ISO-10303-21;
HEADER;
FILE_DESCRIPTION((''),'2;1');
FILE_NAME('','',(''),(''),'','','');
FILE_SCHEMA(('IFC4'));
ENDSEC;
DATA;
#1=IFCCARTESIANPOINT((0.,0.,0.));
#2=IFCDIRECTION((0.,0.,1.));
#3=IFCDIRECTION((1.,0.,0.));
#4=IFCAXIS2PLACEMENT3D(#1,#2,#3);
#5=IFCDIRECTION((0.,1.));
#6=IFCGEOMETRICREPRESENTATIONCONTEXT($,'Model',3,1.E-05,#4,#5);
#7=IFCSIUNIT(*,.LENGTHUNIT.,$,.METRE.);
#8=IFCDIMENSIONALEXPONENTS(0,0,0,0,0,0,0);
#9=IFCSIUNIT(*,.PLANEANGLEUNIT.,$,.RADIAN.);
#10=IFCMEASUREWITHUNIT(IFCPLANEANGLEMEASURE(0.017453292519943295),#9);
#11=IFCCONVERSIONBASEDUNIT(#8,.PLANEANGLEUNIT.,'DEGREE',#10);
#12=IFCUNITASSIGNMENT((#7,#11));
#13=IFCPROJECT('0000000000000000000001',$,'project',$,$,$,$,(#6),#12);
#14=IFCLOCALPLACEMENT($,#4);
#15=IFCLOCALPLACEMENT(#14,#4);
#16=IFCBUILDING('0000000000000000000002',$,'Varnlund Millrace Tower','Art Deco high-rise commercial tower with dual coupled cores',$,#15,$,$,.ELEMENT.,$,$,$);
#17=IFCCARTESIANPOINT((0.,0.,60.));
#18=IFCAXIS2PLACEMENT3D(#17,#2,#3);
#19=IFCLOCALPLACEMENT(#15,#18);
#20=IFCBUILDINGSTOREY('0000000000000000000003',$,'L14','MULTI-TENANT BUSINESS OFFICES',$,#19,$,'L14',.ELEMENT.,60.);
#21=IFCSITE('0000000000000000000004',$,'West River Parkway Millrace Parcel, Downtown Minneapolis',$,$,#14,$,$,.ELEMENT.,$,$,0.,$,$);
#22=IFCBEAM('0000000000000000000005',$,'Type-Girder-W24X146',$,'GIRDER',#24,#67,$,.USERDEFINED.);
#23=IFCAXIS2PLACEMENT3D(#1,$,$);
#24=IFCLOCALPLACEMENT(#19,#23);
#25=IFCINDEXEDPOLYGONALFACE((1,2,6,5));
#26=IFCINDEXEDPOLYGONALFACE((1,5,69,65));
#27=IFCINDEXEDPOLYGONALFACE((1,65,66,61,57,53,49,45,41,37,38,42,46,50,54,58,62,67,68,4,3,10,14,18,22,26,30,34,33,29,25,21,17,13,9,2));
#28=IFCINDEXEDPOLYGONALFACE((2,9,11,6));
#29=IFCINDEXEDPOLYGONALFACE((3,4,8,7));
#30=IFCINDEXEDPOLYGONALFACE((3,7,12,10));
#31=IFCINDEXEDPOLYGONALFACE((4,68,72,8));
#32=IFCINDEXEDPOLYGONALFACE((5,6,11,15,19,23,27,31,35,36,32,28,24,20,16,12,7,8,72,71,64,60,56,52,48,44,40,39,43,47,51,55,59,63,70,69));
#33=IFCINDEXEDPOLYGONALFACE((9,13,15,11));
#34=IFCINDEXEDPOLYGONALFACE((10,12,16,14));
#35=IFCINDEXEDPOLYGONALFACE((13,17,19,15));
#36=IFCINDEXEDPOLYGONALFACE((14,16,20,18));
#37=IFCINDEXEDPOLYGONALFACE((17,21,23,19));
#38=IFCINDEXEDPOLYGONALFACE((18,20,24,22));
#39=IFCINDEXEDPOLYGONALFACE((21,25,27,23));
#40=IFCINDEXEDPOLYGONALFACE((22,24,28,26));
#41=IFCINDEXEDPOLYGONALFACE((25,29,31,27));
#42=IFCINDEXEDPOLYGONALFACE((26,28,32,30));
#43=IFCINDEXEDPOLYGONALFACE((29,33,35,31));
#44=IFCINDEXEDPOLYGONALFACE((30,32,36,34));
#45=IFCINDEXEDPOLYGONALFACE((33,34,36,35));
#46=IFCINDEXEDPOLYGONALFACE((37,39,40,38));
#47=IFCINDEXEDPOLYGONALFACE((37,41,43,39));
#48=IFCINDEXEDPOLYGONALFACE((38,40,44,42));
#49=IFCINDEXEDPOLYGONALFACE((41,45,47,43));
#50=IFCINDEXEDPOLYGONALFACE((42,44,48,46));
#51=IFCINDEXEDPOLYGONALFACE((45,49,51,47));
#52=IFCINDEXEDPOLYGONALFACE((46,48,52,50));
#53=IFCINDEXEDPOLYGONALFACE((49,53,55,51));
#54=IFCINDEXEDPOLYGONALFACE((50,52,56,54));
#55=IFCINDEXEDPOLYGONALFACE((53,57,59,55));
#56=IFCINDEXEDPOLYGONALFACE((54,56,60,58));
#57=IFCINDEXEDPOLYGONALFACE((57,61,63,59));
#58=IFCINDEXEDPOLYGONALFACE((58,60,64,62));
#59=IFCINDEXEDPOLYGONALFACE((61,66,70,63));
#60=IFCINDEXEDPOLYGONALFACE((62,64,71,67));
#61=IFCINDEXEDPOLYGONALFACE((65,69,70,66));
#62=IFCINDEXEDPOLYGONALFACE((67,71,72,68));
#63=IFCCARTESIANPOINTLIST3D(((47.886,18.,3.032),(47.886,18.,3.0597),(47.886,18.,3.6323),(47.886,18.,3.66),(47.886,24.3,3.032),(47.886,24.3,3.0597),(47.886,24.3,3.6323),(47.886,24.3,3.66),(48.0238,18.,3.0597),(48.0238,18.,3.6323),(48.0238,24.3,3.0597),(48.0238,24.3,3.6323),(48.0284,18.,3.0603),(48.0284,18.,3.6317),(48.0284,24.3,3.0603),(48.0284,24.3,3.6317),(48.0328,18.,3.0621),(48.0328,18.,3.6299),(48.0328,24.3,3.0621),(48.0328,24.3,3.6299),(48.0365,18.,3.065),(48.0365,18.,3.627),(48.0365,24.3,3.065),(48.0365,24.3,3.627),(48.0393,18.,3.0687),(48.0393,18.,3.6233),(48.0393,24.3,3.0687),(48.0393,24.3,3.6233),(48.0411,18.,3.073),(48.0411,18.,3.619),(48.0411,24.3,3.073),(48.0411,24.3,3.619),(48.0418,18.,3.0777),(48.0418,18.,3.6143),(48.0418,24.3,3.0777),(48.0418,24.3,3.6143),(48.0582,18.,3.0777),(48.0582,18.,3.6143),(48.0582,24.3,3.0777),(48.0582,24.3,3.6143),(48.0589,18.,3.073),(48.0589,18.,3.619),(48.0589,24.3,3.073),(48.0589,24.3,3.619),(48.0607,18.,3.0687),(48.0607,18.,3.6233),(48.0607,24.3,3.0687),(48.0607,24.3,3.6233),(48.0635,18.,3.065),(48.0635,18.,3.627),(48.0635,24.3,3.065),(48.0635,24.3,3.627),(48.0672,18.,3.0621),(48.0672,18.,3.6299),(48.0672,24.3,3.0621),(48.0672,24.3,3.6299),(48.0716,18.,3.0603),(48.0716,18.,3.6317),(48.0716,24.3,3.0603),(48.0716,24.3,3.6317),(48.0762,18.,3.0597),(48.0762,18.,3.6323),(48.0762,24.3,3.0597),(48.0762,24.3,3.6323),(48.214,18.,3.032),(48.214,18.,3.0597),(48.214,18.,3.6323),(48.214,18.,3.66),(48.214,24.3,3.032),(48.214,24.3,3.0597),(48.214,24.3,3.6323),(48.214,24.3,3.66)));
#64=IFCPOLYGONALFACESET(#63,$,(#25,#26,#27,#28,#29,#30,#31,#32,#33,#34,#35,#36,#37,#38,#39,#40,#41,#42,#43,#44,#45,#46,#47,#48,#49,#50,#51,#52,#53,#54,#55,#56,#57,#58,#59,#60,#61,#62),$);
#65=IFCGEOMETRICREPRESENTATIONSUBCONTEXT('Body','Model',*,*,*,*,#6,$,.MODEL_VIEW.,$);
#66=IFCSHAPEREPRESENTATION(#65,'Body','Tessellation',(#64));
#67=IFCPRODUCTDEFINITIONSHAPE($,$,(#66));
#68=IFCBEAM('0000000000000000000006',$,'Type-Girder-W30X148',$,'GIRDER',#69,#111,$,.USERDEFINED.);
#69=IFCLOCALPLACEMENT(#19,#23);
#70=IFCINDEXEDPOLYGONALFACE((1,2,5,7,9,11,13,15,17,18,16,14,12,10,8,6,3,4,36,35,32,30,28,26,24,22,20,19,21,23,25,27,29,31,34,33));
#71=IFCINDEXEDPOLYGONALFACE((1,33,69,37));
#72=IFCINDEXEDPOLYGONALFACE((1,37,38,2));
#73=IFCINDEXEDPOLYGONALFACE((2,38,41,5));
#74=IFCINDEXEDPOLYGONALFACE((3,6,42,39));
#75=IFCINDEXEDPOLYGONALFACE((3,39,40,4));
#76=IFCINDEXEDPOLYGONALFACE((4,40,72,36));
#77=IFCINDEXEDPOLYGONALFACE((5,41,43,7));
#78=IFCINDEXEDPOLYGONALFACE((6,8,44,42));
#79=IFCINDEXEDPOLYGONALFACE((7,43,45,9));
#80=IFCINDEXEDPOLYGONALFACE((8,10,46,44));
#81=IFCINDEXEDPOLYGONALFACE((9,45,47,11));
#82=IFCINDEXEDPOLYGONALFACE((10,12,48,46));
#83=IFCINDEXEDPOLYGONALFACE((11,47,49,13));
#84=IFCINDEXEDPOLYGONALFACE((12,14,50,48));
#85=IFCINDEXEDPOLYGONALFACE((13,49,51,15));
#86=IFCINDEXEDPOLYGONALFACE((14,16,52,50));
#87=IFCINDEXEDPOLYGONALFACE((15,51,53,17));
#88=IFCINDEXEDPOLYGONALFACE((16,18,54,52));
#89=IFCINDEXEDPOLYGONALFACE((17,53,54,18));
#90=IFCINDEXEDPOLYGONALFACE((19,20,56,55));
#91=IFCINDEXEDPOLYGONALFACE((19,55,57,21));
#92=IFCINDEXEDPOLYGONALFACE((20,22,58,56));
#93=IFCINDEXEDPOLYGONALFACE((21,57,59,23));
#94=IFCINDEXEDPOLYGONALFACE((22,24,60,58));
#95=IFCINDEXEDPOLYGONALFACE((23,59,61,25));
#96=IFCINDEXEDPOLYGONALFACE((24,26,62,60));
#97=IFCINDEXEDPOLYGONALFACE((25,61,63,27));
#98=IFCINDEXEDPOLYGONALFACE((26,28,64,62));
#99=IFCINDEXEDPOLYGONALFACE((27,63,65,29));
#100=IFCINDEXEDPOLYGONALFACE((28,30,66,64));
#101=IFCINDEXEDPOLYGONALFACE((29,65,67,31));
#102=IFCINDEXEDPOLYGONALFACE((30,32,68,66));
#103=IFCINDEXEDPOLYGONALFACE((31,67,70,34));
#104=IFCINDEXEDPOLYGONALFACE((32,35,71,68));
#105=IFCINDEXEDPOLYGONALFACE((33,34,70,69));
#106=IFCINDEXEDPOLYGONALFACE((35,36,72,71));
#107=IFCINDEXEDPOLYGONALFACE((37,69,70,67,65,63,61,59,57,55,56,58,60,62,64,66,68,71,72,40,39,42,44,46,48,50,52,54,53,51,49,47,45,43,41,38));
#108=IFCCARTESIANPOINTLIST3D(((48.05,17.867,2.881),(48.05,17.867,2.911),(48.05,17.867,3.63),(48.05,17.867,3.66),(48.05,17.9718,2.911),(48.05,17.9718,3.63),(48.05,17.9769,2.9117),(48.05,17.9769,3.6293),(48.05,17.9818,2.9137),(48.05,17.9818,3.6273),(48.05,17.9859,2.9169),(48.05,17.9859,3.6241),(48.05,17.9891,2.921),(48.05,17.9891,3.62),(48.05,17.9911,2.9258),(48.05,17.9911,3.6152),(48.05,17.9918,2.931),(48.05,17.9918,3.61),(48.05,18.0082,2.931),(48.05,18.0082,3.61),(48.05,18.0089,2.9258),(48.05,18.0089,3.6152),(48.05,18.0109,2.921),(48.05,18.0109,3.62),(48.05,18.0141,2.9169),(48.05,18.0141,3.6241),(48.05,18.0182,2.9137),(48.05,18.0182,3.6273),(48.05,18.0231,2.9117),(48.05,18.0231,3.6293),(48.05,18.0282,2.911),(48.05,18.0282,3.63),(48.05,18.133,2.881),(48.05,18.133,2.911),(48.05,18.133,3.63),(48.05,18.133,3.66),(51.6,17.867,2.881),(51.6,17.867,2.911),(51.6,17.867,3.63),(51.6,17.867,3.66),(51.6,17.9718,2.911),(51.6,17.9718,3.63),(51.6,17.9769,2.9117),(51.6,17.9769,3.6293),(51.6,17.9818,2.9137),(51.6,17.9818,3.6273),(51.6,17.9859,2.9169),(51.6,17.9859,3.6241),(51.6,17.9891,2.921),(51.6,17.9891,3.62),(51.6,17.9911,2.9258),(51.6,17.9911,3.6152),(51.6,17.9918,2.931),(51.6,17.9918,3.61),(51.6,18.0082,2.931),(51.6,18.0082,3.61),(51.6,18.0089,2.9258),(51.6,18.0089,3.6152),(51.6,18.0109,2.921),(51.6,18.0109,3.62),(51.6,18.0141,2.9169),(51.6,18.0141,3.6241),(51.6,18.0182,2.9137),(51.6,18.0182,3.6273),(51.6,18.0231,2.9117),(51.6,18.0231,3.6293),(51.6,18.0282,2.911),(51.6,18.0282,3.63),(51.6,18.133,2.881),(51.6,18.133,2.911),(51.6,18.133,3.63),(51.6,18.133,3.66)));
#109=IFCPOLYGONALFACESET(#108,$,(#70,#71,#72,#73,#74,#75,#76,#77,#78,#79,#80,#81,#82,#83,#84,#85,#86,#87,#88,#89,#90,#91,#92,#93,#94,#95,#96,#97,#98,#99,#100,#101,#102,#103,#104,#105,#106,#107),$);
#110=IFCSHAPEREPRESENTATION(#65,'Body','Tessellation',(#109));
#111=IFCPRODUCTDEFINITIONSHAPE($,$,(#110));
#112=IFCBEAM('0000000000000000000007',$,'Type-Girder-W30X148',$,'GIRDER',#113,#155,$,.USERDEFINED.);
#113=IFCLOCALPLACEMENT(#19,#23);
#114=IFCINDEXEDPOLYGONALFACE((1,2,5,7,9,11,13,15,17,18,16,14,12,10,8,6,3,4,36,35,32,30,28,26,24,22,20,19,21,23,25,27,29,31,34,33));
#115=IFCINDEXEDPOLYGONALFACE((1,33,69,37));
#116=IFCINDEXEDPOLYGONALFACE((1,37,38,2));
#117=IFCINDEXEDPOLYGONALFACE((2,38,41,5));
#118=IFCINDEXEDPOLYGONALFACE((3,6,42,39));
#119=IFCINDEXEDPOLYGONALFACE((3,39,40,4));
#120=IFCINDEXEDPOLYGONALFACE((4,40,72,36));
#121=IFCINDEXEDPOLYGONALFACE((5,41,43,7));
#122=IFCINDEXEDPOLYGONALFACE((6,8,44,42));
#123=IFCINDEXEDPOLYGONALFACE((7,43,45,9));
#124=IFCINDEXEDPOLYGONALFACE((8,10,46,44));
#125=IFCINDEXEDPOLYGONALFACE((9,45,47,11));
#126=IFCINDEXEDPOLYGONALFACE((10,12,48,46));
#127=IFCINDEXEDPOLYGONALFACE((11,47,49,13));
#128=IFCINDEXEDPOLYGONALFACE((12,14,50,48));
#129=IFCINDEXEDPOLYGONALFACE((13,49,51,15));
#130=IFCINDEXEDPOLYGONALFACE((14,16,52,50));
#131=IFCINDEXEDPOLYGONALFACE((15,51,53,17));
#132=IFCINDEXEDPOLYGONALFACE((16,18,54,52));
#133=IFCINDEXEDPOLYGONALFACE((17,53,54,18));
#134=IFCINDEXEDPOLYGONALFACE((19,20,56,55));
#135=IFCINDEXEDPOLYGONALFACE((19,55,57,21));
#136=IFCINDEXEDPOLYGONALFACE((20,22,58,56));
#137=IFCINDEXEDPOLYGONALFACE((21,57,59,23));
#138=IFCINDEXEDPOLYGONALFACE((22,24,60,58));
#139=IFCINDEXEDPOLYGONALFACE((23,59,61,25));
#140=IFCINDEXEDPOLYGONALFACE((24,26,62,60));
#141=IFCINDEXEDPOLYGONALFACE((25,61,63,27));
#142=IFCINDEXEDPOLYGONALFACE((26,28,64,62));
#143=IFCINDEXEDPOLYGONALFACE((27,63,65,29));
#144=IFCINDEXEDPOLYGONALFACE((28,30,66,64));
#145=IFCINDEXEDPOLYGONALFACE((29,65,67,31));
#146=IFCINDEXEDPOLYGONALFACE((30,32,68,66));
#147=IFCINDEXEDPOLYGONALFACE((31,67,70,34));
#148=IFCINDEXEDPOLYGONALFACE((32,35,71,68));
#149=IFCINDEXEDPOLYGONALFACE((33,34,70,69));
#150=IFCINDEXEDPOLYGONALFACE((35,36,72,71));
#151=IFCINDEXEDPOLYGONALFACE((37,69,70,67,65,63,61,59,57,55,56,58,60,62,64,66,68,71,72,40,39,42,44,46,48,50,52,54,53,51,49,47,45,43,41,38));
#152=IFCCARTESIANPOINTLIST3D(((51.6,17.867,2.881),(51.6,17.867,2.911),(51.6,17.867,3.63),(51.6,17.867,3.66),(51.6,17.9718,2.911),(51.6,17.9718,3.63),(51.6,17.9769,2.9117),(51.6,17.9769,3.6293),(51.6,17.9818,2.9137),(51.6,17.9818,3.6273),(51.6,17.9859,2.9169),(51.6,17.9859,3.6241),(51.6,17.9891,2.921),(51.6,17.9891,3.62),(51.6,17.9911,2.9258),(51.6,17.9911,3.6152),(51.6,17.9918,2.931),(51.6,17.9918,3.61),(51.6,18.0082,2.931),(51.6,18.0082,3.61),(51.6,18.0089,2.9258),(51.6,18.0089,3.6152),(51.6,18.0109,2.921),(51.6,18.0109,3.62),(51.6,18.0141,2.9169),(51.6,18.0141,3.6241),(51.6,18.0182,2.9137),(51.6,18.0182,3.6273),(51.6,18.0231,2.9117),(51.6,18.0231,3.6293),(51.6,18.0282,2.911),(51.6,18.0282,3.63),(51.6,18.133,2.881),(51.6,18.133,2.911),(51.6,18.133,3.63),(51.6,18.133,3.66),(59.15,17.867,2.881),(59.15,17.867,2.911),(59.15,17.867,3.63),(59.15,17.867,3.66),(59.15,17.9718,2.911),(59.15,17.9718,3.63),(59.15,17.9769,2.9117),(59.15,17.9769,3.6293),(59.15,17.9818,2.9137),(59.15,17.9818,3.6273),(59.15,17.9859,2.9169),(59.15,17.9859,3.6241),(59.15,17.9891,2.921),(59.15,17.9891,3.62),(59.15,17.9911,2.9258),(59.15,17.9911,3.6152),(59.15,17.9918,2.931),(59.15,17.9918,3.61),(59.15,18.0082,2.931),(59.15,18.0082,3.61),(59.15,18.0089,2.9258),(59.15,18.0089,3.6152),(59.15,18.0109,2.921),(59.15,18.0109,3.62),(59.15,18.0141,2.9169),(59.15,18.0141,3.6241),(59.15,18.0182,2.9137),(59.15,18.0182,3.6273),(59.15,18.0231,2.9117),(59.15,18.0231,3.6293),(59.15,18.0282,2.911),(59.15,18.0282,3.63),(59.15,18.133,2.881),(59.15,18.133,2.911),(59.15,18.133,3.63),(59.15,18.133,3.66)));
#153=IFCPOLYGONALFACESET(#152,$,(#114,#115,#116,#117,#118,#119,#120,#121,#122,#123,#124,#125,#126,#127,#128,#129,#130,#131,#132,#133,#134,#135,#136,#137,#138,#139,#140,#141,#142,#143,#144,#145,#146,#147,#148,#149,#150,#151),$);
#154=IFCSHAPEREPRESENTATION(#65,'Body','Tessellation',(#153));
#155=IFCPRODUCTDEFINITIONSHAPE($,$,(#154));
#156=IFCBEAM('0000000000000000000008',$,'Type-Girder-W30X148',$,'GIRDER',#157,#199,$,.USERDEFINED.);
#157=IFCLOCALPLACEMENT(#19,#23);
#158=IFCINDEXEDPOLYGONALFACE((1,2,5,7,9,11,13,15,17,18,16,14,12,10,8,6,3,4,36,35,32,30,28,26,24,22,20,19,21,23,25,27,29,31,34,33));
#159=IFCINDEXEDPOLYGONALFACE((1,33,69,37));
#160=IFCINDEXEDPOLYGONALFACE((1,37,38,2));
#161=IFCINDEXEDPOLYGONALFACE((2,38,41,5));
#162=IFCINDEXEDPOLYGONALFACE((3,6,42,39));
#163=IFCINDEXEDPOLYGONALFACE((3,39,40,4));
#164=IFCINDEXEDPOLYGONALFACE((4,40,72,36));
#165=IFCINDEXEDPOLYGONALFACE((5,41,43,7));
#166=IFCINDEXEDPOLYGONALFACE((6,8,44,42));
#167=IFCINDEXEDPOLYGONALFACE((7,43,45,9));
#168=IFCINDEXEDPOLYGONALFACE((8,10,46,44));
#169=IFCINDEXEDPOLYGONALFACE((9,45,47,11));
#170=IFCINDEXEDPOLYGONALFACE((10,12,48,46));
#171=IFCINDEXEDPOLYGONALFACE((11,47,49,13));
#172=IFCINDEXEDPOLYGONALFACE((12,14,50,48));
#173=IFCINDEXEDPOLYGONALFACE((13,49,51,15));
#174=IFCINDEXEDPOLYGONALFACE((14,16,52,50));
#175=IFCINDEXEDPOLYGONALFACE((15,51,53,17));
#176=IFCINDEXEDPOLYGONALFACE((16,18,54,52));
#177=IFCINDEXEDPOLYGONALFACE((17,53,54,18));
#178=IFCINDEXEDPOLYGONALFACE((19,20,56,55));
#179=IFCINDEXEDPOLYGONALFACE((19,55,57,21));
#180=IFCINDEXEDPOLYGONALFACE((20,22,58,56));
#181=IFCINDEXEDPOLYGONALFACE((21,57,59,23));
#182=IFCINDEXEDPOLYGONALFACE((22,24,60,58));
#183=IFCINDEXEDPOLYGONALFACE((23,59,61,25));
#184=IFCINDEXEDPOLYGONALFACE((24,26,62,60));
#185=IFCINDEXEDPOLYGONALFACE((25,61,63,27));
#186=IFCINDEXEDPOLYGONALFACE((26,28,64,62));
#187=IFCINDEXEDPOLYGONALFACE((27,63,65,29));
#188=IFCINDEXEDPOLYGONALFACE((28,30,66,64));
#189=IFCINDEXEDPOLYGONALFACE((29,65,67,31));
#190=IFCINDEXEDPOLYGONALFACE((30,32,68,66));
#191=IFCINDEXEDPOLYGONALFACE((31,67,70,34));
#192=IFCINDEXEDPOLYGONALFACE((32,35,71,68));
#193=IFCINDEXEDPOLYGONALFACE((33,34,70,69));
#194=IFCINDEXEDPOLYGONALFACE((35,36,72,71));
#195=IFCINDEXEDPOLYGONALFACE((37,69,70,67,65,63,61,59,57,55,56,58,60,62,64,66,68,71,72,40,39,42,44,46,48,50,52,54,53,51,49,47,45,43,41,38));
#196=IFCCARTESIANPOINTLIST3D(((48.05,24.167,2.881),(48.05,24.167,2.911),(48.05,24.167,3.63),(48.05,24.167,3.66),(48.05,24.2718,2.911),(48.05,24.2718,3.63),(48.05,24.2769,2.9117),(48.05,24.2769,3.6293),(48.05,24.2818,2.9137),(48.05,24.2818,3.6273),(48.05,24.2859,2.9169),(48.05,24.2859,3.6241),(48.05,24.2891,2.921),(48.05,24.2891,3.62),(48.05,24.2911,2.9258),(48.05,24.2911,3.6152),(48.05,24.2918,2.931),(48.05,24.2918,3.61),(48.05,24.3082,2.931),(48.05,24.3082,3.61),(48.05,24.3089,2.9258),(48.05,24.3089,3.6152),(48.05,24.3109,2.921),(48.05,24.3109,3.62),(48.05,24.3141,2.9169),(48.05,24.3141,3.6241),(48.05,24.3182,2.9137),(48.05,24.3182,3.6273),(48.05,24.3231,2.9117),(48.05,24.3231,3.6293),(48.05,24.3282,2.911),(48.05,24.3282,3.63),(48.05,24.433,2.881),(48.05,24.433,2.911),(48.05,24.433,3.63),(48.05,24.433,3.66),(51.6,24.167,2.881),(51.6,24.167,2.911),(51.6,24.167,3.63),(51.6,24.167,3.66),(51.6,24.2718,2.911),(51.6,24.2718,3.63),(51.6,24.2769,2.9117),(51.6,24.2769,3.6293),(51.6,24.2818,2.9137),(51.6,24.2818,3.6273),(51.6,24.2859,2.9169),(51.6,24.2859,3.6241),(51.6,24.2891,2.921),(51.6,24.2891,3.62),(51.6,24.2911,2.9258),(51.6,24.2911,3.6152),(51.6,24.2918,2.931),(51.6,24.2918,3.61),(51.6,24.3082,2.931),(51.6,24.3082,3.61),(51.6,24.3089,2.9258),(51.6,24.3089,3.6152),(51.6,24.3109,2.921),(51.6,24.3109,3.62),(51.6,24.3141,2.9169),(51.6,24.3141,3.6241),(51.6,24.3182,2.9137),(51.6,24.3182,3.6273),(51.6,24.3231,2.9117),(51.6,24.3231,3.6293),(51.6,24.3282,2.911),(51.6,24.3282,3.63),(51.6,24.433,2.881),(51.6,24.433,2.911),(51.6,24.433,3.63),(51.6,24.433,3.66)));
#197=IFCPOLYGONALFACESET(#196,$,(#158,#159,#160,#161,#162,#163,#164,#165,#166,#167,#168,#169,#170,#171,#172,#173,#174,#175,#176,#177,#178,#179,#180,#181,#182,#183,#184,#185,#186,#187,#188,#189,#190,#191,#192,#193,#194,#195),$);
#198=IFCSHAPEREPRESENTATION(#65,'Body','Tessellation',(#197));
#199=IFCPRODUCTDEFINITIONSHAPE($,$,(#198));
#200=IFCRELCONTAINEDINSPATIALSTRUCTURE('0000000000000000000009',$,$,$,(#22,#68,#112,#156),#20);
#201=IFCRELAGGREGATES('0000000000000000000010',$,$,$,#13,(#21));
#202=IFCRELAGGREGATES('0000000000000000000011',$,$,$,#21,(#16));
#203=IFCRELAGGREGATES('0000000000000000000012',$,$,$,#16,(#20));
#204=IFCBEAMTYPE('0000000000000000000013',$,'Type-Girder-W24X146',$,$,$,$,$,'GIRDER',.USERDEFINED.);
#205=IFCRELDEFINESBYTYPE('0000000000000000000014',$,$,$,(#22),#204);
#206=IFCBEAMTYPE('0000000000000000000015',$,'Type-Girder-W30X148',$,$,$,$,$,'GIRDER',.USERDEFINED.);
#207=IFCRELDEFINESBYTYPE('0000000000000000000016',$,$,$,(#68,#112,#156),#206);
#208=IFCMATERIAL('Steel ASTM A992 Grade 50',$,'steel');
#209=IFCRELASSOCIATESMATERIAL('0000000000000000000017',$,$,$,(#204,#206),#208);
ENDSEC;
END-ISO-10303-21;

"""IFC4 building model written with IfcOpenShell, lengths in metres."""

from ifc_helpers import new_model, entity, si_unit, converted_unit, direction, frame, origin_with_axes, origin_2d_with_axis, place, context, subcontext, project, spatial, i_section, extrude, material, material_profile, profile_set, type_object, element, save


model = new_model("IFC4")

# Units and contexts
model_context = context("Model", 3, precision=1e-05, world=origin_with_axes(), true_north=direction((0.0, 1.0)))
body_context = subcontext(model_context, "Body", "Model", "MODEL_VIEW")
ifc_project = project(units=[si_unit("LENGTHUNIT", "METRE"), converted_unit("PLANEANGLEUNIT", "DEGREE", entity("IfcPlaneAngleMeasure", 0.017453292519943295), si_unit("PLANEANGLEUNIT", "RADIAN"), dimensions=[0, 0, 0, 0, 0, 0, 0])], contexts=[model_context])

# Site, building, storey
site_placement = place(None, origin_with_axes())
site = spatial("IfcSite", under=ifc_project, at=site_placement, Name="West River Parkway Millrace Parcel, Downtown Minneapolis", CompositionType="ELEMENT", RefElevation=0.0)
building_placement = place(site_placement, origin_with_axes())
building = spatial("IfcBuilding", under=site, at=building_placement, Name="Varnlund Millrace Tower", Description="Art Deco high-rise commercial tower with dual coupled cores", CompositionType="ELEMENT")
storey_placement = place(building_placement, frame((0.0, 0.0, 60.0), z_axis=(0.0, 0.0, 1.0), x_axis=(1.0, 0.0, 0.0)))
storey = spatial("IfcBuildingStorey", under=building, at=storey_placement, Name="L14", Description="MULTI-TENANT BUSINESS OFFICES", LongName="L14", CompositionType="ELEMENT", Elevation=60.0)

# Beams
ifc_material_1 = material(Name="Steel ASTM A992 Grade 50", Category="steel")
ifc_material_profile_1 = material_profile(ifc_material_1, i_section(OverallWidth=0.328, OverallDepth=0.628, WebThickness=0.0165, FlangeThickness=0.0277, FilletRadius=0.018, at=origin_2d_with_axis()), Name="Steel ASTM A992 Grade 50")
ifc_profile_set_1 = profile_set([ifc_material_profile_1], Name="Steel ASTM A992 Grade 50")
beam_type_1 = type_object("IfcBeamType", Name="Type-Girder-W24X146", ElementType="GIRDER", PredefinedType="USERDEFINED", material=ifc_profile_set_1)
beam_1_placement = place(storey_placement, frame((48.05, 18.0, 3.346), z_axis=(0.0, 1.0, 0.0), x_axis=(-1.0, 0.0, 0.0)))
element("IfcBeam", 1, at=beam_1_placement, inside=storey, type_object=beam_type_1, Name="Type-Girder-W24X146", ObjectType="GIRDER", PredefinedType="USERDEFINED", context=body_context, shape_type="SweptSolid", body=[
    extrude(i_section(OverallWidth=0.328, OverallDepth=0.628, WebThickness=0.0165, FlangeThickness=0.0277, FilletRadius=0.018, at=origin_2d_with_axis()), origin_with_axes(), (0.0, 0.0, 1.0), 6.3),
])
ifc_material_profile_2 = material_profile(ifc_material_1, i_section(OverallWidth=0.266, OverallDepth=0.779, WebThickness=0.0165, FlangeThickness=0.03, FilletRadius=0.02, at=origin_2d_with_axis()), Name="Steel ASTM A992 Grade 50")
ifc_profile_set_2 = profile_set([ifc_material_profile_2], Name="Steel ASTM A992 Grade 50")
beam_type_2 = type_object("IfcBeamType", Name="Type-Girder-W30X148", ElementType="GIRDER", PredefinedType="USERDEFINED", material=ifc_profile_set_2)
beam_2_placement = place(storey_placement, frame((48.05, 18.0, 3.2705), z_axis=(1.0, 0.0, 0.0), x_axis=(0.0, 1.0, 0.0)))
element("IfcBeam", 2, at=beam_2_placement, inside=storey, type_object=beam_type_2, Name="Type-Girder-W30X148", ObjectType="GIRDER", PredefinedType="USERDEFINED", context=body_context, shape_type="SweptSolid", body=[
    extrude(i_section(OverallWidth=0.266, OverallDepth=0.779, WebThickness=0.0165, FlangeThickness=0.03, FilletRadius=0.02, at=origin_2d_with_axis()), origin_with_axes(), (0.0, 0.0, 1.0), 3.55),
])
beam_3_placement = place(storey_placement, frame((51.6, 18.0, 3.2705), z_axis=(1.0, 0.0, 0.0), x_axis=(0.0, 1.0, 0.0)))
element("IfcBeam", 3, at=beam_3_placement, inside=storey, type_object=beam_type_2, Name="Type-Girder-W30X148", ObjectType="GIRDER", PredefinedType="USERDEFINED", context=body_context, shape_type="SweptSolid", body=[
    extrude(i_section(OverallWidth=0.266, OverallDepth=0.779, WebThickness=0.0165, FlangeThickness=0.03, FilletRadius=0.02, at=origin_2d_with_axis()), origin_with_axes(), (0.0, 0.0, 1.0), 7.55),
])
beam_4_placement = place(storey_placement, frame((48.05, 24.3, 3.2705), z_axis=(1.0, 0.0, 0.0), x_axis=(0.0, 1.0, 0.0)))
element("IfcBeam", 4, at=beam_4_placement, inside=storey, type_object=beam_type_2, Name="Type-Girder-W30X148", ObjectType="GIRDER", PredefinedType="USERDEFINED", context=body_context, shape_type="SweptSolid", body=[
    extrude(i_section(OverallWidth=0.266, OverallDepth=0.779, WebThickness=0.0165, FlangeThickness=0.03, FilletRadius=0.02, at=origin_2d_with_axis()), origin_with_axes(), (0.0, 0.0, 1.0), 3.55),
])

save(model, "model.ifc")
